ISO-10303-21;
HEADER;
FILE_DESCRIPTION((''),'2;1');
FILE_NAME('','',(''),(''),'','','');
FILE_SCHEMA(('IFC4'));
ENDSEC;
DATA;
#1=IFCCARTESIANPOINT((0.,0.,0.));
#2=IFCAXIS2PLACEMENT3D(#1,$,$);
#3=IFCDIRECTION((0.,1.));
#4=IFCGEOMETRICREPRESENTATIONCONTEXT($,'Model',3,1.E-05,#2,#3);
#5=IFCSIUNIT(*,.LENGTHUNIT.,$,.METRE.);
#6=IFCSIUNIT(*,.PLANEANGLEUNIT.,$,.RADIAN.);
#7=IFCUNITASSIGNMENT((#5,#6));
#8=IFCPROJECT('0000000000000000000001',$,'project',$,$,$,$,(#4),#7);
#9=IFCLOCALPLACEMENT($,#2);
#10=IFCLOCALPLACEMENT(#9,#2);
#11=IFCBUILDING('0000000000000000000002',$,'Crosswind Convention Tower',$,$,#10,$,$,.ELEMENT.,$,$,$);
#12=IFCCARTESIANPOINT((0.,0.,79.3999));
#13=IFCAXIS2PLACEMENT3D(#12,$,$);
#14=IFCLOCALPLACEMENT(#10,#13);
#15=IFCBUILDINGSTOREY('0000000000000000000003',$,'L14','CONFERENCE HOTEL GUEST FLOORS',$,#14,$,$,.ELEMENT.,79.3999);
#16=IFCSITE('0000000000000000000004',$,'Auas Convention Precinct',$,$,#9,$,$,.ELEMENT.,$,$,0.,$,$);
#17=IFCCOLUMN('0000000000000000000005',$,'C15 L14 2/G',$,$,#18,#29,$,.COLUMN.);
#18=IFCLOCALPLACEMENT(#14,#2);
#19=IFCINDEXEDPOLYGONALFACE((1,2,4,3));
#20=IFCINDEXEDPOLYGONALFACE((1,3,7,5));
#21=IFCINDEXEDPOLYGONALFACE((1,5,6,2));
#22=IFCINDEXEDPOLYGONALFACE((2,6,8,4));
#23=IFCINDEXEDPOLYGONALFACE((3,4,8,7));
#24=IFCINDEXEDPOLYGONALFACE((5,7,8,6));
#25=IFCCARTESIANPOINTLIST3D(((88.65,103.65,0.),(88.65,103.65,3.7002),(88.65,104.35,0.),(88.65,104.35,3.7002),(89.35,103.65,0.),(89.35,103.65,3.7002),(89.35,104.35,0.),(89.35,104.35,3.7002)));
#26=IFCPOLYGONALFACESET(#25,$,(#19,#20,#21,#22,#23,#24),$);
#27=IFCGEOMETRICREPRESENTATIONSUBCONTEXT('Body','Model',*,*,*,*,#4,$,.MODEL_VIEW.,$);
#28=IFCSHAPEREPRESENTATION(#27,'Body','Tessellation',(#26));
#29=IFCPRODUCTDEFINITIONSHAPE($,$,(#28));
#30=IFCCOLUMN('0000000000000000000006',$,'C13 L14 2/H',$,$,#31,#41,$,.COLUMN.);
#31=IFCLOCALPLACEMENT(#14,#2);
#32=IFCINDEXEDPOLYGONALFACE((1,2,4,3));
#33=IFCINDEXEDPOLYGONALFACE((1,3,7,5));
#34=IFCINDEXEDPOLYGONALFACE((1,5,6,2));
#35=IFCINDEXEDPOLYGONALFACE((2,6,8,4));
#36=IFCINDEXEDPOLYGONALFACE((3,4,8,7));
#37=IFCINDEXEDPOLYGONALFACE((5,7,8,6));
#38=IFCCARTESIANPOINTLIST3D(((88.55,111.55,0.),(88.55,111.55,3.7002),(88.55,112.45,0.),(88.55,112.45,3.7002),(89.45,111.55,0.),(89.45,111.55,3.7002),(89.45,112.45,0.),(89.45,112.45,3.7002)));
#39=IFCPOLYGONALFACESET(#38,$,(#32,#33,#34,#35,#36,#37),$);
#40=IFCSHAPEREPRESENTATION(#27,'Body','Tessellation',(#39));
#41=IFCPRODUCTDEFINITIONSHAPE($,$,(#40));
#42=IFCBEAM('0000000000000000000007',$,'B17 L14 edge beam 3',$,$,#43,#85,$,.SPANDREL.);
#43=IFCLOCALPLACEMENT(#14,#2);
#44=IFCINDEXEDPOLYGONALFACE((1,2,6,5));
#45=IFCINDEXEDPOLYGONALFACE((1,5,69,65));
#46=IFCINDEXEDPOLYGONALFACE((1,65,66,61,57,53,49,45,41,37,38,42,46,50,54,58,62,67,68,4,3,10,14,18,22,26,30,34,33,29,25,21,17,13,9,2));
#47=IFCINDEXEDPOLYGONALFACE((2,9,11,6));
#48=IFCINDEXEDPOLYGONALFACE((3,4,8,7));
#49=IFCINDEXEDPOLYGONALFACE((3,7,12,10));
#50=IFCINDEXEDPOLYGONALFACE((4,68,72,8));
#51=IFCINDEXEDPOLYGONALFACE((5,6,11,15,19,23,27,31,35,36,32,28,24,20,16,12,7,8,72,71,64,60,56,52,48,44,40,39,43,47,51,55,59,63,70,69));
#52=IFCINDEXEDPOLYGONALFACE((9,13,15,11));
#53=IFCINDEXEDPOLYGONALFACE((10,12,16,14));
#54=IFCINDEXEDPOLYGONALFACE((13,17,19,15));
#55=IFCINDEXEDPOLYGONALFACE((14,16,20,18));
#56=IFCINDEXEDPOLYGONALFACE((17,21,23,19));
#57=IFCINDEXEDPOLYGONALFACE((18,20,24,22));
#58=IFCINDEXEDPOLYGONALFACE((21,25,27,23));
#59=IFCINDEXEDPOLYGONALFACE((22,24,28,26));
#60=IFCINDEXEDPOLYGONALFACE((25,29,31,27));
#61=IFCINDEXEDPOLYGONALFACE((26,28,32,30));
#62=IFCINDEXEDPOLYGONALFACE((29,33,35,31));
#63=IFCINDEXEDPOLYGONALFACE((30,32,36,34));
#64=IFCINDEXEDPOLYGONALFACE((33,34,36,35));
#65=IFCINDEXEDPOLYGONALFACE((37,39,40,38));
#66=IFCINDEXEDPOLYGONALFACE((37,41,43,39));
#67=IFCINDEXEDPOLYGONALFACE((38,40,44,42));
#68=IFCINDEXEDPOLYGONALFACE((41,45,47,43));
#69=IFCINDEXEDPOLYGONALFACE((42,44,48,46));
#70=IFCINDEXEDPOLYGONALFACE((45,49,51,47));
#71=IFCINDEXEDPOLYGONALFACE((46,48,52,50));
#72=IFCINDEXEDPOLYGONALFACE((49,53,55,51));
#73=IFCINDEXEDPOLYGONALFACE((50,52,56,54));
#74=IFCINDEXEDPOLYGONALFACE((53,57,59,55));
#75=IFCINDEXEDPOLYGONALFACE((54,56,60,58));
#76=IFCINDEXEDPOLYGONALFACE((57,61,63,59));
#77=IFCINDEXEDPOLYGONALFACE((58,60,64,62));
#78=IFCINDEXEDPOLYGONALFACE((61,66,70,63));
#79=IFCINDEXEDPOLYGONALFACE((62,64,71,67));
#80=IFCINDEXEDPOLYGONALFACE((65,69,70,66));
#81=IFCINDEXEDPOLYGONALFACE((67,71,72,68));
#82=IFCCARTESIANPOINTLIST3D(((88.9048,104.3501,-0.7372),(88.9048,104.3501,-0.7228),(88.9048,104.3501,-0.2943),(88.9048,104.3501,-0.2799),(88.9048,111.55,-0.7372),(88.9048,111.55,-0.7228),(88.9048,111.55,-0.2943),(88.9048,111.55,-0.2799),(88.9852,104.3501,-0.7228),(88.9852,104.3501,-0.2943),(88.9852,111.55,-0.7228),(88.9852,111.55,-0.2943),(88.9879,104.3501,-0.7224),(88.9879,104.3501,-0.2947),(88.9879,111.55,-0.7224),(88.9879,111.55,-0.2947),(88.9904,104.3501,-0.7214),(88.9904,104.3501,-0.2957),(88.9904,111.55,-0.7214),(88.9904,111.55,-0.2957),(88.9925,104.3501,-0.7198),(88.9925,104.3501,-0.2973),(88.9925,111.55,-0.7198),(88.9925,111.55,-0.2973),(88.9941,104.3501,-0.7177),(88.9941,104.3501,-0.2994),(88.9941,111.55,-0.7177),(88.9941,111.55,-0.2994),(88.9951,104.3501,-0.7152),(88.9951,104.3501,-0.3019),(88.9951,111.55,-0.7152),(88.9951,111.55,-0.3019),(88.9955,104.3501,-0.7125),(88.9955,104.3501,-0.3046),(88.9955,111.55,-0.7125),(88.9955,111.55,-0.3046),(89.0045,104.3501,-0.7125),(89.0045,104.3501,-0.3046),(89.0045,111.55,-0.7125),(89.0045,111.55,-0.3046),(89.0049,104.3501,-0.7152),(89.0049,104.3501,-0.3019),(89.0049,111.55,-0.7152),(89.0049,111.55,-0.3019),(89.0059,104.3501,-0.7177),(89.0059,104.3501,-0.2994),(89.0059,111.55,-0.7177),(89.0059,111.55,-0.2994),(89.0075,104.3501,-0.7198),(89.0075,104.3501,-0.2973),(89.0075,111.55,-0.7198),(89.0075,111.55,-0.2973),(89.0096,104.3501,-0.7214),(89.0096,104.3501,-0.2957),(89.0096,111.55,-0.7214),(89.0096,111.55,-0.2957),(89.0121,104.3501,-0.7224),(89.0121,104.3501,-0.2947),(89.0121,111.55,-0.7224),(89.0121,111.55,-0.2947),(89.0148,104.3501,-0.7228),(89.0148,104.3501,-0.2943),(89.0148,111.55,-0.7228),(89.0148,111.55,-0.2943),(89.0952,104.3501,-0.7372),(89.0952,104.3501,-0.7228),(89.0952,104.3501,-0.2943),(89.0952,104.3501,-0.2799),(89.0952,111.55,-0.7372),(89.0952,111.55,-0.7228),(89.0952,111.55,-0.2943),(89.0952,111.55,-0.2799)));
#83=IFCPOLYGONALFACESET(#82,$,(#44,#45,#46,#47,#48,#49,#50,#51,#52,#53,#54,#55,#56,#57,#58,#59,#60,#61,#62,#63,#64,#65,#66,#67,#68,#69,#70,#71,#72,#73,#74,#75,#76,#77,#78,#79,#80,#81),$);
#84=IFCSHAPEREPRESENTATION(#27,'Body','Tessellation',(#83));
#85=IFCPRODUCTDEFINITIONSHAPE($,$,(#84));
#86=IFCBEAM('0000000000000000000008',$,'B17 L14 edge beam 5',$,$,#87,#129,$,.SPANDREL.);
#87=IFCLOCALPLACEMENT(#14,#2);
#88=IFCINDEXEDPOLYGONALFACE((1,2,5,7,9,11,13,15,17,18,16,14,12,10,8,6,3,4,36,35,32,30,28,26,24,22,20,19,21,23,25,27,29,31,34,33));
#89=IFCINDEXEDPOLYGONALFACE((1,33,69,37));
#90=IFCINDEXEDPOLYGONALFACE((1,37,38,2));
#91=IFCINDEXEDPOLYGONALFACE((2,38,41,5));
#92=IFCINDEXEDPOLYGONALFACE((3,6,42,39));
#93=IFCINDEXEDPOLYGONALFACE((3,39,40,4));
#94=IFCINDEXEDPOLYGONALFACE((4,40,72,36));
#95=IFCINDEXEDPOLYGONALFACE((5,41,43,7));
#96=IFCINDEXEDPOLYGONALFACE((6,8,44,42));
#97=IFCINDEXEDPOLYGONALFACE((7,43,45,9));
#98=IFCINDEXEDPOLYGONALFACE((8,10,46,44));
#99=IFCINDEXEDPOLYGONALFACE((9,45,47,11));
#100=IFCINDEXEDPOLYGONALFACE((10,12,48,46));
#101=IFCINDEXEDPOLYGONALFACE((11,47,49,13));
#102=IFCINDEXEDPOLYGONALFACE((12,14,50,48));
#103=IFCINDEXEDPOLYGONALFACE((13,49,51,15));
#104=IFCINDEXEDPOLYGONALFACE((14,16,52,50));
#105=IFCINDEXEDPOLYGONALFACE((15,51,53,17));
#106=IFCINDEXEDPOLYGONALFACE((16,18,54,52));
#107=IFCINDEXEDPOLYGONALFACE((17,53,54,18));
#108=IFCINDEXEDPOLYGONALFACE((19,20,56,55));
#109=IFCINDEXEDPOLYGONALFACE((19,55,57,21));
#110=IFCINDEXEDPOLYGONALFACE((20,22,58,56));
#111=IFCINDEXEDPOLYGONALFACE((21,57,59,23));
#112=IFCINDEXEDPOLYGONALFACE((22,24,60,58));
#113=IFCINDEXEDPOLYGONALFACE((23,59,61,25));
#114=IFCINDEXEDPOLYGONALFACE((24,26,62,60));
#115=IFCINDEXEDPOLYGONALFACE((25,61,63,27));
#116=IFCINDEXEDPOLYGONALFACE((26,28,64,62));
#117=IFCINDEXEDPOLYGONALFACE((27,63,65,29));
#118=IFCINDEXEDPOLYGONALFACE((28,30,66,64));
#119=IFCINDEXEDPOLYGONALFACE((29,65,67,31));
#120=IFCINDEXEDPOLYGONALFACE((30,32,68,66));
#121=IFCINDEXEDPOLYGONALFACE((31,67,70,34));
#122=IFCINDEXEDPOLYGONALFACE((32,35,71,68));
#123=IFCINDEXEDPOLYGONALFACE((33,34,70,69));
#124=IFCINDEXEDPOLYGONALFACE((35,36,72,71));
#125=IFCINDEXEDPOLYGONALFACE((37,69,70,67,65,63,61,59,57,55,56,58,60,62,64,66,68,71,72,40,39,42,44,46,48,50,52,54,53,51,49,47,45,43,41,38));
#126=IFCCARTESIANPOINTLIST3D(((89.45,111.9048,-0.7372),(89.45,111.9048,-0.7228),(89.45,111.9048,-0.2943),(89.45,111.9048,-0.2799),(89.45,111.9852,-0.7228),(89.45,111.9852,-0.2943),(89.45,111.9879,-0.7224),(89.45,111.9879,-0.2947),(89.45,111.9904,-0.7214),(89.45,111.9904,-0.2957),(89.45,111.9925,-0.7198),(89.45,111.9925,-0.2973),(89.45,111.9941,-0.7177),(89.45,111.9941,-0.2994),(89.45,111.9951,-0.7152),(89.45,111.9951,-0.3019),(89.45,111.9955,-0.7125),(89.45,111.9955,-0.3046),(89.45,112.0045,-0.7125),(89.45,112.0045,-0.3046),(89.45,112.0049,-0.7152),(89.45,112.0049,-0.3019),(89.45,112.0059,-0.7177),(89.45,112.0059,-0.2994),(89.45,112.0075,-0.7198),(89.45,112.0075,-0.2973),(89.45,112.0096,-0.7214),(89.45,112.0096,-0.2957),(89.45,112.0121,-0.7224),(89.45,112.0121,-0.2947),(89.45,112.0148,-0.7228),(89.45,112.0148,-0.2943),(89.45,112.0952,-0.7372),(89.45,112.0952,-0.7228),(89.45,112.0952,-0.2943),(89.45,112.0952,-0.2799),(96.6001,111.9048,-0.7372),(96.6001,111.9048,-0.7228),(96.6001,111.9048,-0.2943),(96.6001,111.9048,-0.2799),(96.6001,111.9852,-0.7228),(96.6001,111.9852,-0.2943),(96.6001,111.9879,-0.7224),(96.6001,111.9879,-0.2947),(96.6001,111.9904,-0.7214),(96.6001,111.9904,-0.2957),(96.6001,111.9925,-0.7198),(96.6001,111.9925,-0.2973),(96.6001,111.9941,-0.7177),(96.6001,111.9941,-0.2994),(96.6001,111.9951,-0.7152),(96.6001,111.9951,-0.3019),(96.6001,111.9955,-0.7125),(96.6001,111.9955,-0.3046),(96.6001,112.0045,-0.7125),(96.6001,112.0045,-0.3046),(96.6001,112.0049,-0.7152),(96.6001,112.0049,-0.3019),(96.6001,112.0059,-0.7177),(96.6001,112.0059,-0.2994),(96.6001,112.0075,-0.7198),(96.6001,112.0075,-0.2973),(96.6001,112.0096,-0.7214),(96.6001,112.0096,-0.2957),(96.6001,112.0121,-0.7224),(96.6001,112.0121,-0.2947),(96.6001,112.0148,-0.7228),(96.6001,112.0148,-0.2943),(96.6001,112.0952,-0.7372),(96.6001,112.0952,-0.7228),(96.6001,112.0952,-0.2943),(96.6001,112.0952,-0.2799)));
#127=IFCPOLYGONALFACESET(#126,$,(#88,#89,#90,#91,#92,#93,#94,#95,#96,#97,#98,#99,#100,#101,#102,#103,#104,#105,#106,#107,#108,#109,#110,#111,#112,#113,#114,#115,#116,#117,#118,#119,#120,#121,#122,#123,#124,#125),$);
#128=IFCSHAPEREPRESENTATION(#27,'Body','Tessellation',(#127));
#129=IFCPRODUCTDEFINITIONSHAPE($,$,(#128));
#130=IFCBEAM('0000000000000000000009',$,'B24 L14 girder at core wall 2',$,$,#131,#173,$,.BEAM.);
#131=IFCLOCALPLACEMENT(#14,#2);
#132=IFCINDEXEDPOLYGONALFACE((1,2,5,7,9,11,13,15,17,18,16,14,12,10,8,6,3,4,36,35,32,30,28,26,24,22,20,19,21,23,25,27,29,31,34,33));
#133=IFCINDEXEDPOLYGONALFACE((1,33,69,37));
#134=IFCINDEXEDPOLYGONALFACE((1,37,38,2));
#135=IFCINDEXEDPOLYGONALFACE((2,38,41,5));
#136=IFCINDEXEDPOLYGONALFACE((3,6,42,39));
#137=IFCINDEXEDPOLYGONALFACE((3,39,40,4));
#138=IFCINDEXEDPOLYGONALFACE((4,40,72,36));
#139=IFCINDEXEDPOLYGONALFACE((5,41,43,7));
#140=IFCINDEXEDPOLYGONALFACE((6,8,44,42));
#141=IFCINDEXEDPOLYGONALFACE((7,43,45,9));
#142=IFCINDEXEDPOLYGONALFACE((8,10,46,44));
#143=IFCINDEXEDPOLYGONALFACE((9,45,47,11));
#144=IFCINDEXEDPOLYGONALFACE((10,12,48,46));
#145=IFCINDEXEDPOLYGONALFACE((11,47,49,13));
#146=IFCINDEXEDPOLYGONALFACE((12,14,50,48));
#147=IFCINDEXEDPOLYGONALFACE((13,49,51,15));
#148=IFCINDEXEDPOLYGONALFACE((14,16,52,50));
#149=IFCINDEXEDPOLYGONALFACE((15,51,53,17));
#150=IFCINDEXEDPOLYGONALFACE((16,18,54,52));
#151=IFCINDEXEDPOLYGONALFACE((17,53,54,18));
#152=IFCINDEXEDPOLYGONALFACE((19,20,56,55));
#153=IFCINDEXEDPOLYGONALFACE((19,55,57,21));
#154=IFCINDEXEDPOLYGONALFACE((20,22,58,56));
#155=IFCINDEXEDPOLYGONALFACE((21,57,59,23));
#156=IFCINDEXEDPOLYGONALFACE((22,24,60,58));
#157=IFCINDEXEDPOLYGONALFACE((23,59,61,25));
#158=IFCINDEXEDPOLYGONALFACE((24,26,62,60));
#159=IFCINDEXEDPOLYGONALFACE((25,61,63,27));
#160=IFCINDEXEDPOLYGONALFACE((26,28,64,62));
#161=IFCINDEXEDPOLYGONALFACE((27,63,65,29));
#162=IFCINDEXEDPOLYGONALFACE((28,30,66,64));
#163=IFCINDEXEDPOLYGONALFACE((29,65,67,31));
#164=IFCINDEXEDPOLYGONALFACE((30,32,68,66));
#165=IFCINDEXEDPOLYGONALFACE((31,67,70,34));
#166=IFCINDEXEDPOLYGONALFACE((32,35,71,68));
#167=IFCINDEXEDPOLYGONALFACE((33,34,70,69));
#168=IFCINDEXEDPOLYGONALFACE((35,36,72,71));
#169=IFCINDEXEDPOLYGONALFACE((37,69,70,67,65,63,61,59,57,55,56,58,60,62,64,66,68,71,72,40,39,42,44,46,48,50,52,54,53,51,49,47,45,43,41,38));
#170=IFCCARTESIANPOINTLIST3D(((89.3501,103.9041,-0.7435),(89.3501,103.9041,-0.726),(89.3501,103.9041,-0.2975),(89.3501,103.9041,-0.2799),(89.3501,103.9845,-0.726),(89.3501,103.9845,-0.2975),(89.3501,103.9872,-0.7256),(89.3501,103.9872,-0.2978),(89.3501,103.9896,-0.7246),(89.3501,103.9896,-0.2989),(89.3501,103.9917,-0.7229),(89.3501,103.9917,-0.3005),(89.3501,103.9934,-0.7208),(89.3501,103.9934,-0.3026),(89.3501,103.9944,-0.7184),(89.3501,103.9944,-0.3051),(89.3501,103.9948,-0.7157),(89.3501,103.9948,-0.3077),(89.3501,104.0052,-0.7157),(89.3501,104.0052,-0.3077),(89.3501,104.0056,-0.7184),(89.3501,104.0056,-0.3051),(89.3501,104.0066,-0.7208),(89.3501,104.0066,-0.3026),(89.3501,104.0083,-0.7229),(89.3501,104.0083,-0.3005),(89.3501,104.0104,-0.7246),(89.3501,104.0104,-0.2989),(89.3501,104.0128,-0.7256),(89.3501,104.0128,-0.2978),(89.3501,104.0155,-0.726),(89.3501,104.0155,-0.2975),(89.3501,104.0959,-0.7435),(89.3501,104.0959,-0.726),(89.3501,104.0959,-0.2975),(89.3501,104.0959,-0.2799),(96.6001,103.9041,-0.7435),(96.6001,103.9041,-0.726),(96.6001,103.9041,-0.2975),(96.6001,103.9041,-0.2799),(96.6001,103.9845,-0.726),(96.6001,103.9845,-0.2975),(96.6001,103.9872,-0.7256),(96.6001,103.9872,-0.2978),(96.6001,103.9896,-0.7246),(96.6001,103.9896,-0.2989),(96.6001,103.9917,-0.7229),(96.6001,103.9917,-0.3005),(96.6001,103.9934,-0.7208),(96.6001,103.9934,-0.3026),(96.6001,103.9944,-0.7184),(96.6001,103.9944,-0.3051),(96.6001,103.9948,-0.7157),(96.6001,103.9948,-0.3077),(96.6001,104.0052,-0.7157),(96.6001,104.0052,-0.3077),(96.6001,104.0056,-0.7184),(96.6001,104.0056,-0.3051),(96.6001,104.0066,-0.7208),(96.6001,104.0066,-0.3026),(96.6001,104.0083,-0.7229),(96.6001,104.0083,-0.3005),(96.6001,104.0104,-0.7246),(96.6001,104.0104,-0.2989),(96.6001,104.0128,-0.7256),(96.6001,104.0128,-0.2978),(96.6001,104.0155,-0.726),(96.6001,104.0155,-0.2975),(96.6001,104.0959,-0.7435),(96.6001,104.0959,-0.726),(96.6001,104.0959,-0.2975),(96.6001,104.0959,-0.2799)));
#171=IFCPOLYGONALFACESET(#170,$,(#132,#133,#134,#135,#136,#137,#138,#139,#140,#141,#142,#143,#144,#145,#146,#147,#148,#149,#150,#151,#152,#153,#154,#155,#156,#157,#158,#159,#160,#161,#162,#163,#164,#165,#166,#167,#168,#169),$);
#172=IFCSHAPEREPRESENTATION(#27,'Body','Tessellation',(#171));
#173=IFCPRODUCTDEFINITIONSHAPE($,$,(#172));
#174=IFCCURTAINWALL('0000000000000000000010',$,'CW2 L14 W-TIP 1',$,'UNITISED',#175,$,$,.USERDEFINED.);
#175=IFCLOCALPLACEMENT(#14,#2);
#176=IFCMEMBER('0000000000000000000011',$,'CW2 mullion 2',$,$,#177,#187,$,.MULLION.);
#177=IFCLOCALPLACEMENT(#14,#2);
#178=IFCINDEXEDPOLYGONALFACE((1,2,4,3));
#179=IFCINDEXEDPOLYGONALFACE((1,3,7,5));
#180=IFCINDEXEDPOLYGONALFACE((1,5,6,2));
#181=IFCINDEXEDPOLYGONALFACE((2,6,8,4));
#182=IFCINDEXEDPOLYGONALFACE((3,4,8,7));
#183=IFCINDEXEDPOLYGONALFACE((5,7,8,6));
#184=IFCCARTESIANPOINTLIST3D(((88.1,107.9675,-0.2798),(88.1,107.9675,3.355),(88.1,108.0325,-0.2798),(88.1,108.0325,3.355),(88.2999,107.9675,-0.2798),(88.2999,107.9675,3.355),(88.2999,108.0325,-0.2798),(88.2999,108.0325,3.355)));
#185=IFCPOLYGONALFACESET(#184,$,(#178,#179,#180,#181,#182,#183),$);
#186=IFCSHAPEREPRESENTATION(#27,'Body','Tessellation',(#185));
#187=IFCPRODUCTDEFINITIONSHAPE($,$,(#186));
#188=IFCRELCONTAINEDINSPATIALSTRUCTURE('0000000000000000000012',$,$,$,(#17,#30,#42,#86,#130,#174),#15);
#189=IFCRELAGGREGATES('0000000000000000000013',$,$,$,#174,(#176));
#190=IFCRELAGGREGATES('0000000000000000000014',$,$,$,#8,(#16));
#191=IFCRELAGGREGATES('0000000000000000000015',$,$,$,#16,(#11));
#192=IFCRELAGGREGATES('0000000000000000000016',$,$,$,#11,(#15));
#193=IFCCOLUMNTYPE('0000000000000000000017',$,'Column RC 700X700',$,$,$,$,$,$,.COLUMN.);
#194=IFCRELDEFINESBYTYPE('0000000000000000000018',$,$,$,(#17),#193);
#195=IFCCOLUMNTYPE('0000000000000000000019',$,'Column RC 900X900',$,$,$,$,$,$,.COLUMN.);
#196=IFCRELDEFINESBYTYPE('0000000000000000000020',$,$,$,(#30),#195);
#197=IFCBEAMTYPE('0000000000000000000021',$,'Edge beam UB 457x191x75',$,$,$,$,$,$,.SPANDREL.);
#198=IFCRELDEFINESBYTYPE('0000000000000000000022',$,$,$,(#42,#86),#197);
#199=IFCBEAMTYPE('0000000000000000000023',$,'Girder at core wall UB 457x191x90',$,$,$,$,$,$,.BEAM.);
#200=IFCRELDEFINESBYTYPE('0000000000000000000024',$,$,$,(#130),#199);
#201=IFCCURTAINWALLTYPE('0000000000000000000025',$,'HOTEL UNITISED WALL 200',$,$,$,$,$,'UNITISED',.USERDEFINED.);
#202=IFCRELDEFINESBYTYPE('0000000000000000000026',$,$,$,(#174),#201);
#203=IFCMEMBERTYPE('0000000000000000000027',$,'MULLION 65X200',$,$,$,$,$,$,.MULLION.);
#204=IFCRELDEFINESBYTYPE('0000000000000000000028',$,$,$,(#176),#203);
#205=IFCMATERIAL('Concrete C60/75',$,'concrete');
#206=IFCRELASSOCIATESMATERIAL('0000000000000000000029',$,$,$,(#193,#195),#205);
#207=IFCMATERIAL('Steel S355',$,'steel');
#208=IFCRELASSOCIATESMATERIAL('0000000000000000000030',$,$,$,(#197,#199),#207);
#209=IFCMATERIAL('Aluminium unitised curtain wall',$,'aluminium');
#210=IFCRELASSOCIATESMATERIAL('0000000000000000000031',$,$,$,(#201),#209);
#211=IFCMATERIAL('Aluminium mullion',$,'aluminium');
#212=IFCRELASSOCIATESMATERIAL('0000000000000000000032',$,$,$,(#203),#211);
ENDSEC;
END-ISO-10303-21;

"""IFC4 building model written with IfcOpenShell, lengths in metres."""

from ifc_helpers import new_model, si_unit, direction, frame, origin, origin_2d, place, context, subcontext, project, spatial, rectangle, i_section, extrude, material, material_profile, profile_set, type_object, element, aggregate, save


model = new_model("IFC4")

# Units and contexts
model_context = context("Model", 3, precision=1e-05, world=origin(), true_north=direction((0.0, 1.0)))
body_context = subcontext(model_context, "Body", "Model", "MODEL_VIEW")
ifc_project = project(units=[si_unit("LENGTHUNIT", "METRE"), si_unit("PLANEANGLEUNIT", "RADIAN")], contexts=[model_context])

# Site, building, storey
site_placement = place(None, origin())
site = spatial("IfcSite", under=ifc_project, at=site_placement, Name="Auas Convention Precinct", CompositionType="ELEMENT", RefElevation=0.0)
building_placement = place(site_placement, origin())
building = spatial("IfcBuilding", under=site, at=building_placement, Name="Crosswind Convention Tower", CompositionType="ELEMENT")
storey_placement = place(building_placement, frame((0.0, 0.0, 79.3999)))
storey = spatial("IfcBuildingStorey", under=building, at=storey_placement, Name="L14", Description="CONFERENCE HOTEL GUEST FLOORS", CompositionType="ELEMENT", Elevation=79.3999)

# Columns
ifc_material_1 = material(Name="Concrete C60/75", Category="concrete")
ifc_material_profile_1 = material_profile(ifc_material_1, rectangle(XDim=0.7, YDim=0.7, at=origin_2d()), Name="RC 700X700")
ifc_profile_set_1 = profile_set([ifc_material_profile_1], Name="Concrete C60/75")
column_type_1 = type_object("IfcColumnType", Name="Column RC 700X700", PredefinedType="COLUMN", material=ifc_profile_set_1)
column_1_placement = place(storey_placement, frame((89.0, 104.0, 0.0), z_axis=(0.0, 0.0, 1.0), x_axis=(1.0, 0.0, 0.0)))
element("IfcColumn", 1, at=column_1_placement, inside=storey, type_object=column_type_1, Name="C15 L14 2/G", PredefinedType="COLUMN", context=body_context, shape_type="SweptSolid", body=[
    extrude(rectangle(XDim=0.7, YDim=0.7, at=origin_2d()), origin(), (0.0, 0.0, 1.0), 3.7002),
])
ifc_material_profile_2 = material_profile(ifc_material_1, rectangle(XDim=0.8999, YDim=0.8999, at=origin_2d()), Name="RC 900X900")
ifc_profile_set_2 = profile_set([ifc_material_profile_2], Name="Concrete C60/75")
column_type_2 = type_object("IfcColumnType", Name="Column RC 900X900", PredefinedType="COLUMN", material=ifc_profile_set_2)
column_2_placement = place(storey_placement, frame((89.0, 112.0, 0.0), z_axis=(0.0, 0.0, 1.0), x_axis=(1.0, 0.0, 0.0)))
element("IfcColumn", 2, at=column_2_placement, inside=storey, type_object=column_type_2, Name="C13 L14 2/H", PredefinedType="COLUMN", context=body_context, shape_type="SweptSolid", body=[
    extrude(rectangle(XDim=0.8999, YDim=0.8999, at=origin_2d()), origin(), (0.0, 0.0, 1.0), 3.7002),
])

# Beams
ifc_material_2 = material(Name="Steel S355", Category="steel")
ifc_material_profile_3 = material_profile(ifc_material_2, i_section(OverallWidth=0.1904, OverallDepth=0.4573, WebThickness=0.009, FlangeThickness=0.0144, FilletRadius=0.0103, at=origin_2d()), Name="UB 457x191x75")
ifc_profile_set_3 = profile_set([ifc_material_profile_3], Name="Steel S355")
beam_type_1 = type_object("IfcBeamType", Name="Edge beam UB 457x191x75", PredefinedType="SPANDREL", material=ifc_profile_set_3)
beam_1_placement = place(storey_placement, frame((89.0, 104.3501, -0.5085), z_axis=(0.0, 1.0, 0.0), x_axis=(-1.0, 0.0, 0.0)))
element("IfcBeam", 3, at=beam_1_placement, inside=storey, type_object=beam_type_1, Name="B17 L14 edge beam 3", PredefinedType="SPANDREL", context=body_context, shape_type="SweptSolid", body=[
    extrude(i_section(OverallWidth=0.1904, OverallDepth=0.4573, WebThickness=0.009, FlangeThickness=0.0144, FilletRadius=0.0103, at=origin_2d()), origin(), (0.0, 0.0, 1.0), 7.2),
])
beam_2_placement = place(storey_placement, frame((89.45, 112.0, -0.5085), z_axis=(1.0, 0.0, 0.0), x_axis=(0.0, 1.0, 0.0)))
element("IfcBeam", 4, at=beam_2_placement, inside=storey, type_object=beam_type_1, Name="B17 L14 edge beam 5", PredefinedType="SPANDREL", context=body_context, shape_type="SweptSolid", body=[
    extrude(i_section(OverallWidth=0.1904, OverallDepth=0.4573, WebThickness=0.009, FlangeThickness=0.0144, FilletRadius=0.0103, at=origin_2d()), origin(), (0.0, 0.0, 1.0), 7.1501),
])
ifc_material_profile_4 = material_profile(ifc_material_2, i_section(OverallWidth=0.1919, OverallDepth=0.4636, WebThickness=0.0105, FlangeThickness=0.0176, FilletRadius=0.0103, at=origin_2d()), Name="UB 457x191x90")
ifc_profile_set_4 = profile_set([ifc_material_profile_4], Name="Steel S355")
beam_type_2 = type_object("IfcBeamType", Name="Girder at core wall UB 457x191x90", PredefinedType="BEAM", material=ifc_profile_set_4)
beam_3_placement = place(storey_placement, frame((89.3501, 104.0, -0.5117), z_axis=(1.0, 0.0, 0.0), x_axis=(0.0, 1.0, 0.0)))
element("IfcBeam", 5, at=beam_3_placement, inside=storey, type_object=beam_type_2, Name="B24 L14 girder at core wall 2", PredefinedType="BEAM", context=body_context, shape_type="SweptSolid", body=[
    extrude(i_section(OverallWidth=0.1919, OverallDepth=0.4636, WebThickness=0.0105, FlangeThickness=0.0176, FilletRadius=0.0103, at=origin_2d()), origin(), (0.0, 0.0, 1.0), 7.25),
])

# Curtain wall, member
ifc_material_3 = material(Name="Aluminium unitised curtain wall", Category="aluminium")
curtain_wall_type = type_object("IfcCurtainWallType", Name="HOTEL UNITISED WALL 200", ElementType="UNITISED", PredefinedType="USERDEFINED", material=ifc_material_3)
curtain_wall_placement = place(storey_placement, origin())
curtain_wall = element("IfcCurtainWall", 6, at=curtain_wall_placement, inside=storey, type_object=curtain_wall_type, Name="CW2 L14 W-TIP 1", ObjectType="UNITISED", PredefinedType="USERDEFINED")
ifc_material_4 = material(Name="Aluminium mullion", Category="aluminium")
ifc_material_profile_5 = material_profile(ifc_material_4, rectangle(XDim=0.2, YDim=0.0649, at=origin_2d()), Name="AL 200X65")
ifc_profile_set_5 = profile_set([ifc_material_profile_5], Name="Aluminium mullion")
member_type = type_object("IfcMemberType", Name="MULLION 65X200", PredefinedType="MULLION", material=ifc_profile_set_5)
member_1_placement = place(storey_placement, frame((88.2, 108.0, -0.2798), z_axis=(0.0, 0.0, 1.0), x_axis=(-1.0, 0.0, 0.0)))
member_1 = element("IfcMember", 7, at=member_1_placement, type_object=member_type, Name="CW2 mullion 2", PredefinedType="MULLION", context=body_context, shape_type="SweptSolid", body=[
    extrude(rectangle(XDim=0.2, YDim=0.0649, at=origin_2d()), origin(), (0.0, 0.0, 1.0), 3.6348),
])

aggregate(curtain_wall, [member_1])

save(model, "model.ifc")
